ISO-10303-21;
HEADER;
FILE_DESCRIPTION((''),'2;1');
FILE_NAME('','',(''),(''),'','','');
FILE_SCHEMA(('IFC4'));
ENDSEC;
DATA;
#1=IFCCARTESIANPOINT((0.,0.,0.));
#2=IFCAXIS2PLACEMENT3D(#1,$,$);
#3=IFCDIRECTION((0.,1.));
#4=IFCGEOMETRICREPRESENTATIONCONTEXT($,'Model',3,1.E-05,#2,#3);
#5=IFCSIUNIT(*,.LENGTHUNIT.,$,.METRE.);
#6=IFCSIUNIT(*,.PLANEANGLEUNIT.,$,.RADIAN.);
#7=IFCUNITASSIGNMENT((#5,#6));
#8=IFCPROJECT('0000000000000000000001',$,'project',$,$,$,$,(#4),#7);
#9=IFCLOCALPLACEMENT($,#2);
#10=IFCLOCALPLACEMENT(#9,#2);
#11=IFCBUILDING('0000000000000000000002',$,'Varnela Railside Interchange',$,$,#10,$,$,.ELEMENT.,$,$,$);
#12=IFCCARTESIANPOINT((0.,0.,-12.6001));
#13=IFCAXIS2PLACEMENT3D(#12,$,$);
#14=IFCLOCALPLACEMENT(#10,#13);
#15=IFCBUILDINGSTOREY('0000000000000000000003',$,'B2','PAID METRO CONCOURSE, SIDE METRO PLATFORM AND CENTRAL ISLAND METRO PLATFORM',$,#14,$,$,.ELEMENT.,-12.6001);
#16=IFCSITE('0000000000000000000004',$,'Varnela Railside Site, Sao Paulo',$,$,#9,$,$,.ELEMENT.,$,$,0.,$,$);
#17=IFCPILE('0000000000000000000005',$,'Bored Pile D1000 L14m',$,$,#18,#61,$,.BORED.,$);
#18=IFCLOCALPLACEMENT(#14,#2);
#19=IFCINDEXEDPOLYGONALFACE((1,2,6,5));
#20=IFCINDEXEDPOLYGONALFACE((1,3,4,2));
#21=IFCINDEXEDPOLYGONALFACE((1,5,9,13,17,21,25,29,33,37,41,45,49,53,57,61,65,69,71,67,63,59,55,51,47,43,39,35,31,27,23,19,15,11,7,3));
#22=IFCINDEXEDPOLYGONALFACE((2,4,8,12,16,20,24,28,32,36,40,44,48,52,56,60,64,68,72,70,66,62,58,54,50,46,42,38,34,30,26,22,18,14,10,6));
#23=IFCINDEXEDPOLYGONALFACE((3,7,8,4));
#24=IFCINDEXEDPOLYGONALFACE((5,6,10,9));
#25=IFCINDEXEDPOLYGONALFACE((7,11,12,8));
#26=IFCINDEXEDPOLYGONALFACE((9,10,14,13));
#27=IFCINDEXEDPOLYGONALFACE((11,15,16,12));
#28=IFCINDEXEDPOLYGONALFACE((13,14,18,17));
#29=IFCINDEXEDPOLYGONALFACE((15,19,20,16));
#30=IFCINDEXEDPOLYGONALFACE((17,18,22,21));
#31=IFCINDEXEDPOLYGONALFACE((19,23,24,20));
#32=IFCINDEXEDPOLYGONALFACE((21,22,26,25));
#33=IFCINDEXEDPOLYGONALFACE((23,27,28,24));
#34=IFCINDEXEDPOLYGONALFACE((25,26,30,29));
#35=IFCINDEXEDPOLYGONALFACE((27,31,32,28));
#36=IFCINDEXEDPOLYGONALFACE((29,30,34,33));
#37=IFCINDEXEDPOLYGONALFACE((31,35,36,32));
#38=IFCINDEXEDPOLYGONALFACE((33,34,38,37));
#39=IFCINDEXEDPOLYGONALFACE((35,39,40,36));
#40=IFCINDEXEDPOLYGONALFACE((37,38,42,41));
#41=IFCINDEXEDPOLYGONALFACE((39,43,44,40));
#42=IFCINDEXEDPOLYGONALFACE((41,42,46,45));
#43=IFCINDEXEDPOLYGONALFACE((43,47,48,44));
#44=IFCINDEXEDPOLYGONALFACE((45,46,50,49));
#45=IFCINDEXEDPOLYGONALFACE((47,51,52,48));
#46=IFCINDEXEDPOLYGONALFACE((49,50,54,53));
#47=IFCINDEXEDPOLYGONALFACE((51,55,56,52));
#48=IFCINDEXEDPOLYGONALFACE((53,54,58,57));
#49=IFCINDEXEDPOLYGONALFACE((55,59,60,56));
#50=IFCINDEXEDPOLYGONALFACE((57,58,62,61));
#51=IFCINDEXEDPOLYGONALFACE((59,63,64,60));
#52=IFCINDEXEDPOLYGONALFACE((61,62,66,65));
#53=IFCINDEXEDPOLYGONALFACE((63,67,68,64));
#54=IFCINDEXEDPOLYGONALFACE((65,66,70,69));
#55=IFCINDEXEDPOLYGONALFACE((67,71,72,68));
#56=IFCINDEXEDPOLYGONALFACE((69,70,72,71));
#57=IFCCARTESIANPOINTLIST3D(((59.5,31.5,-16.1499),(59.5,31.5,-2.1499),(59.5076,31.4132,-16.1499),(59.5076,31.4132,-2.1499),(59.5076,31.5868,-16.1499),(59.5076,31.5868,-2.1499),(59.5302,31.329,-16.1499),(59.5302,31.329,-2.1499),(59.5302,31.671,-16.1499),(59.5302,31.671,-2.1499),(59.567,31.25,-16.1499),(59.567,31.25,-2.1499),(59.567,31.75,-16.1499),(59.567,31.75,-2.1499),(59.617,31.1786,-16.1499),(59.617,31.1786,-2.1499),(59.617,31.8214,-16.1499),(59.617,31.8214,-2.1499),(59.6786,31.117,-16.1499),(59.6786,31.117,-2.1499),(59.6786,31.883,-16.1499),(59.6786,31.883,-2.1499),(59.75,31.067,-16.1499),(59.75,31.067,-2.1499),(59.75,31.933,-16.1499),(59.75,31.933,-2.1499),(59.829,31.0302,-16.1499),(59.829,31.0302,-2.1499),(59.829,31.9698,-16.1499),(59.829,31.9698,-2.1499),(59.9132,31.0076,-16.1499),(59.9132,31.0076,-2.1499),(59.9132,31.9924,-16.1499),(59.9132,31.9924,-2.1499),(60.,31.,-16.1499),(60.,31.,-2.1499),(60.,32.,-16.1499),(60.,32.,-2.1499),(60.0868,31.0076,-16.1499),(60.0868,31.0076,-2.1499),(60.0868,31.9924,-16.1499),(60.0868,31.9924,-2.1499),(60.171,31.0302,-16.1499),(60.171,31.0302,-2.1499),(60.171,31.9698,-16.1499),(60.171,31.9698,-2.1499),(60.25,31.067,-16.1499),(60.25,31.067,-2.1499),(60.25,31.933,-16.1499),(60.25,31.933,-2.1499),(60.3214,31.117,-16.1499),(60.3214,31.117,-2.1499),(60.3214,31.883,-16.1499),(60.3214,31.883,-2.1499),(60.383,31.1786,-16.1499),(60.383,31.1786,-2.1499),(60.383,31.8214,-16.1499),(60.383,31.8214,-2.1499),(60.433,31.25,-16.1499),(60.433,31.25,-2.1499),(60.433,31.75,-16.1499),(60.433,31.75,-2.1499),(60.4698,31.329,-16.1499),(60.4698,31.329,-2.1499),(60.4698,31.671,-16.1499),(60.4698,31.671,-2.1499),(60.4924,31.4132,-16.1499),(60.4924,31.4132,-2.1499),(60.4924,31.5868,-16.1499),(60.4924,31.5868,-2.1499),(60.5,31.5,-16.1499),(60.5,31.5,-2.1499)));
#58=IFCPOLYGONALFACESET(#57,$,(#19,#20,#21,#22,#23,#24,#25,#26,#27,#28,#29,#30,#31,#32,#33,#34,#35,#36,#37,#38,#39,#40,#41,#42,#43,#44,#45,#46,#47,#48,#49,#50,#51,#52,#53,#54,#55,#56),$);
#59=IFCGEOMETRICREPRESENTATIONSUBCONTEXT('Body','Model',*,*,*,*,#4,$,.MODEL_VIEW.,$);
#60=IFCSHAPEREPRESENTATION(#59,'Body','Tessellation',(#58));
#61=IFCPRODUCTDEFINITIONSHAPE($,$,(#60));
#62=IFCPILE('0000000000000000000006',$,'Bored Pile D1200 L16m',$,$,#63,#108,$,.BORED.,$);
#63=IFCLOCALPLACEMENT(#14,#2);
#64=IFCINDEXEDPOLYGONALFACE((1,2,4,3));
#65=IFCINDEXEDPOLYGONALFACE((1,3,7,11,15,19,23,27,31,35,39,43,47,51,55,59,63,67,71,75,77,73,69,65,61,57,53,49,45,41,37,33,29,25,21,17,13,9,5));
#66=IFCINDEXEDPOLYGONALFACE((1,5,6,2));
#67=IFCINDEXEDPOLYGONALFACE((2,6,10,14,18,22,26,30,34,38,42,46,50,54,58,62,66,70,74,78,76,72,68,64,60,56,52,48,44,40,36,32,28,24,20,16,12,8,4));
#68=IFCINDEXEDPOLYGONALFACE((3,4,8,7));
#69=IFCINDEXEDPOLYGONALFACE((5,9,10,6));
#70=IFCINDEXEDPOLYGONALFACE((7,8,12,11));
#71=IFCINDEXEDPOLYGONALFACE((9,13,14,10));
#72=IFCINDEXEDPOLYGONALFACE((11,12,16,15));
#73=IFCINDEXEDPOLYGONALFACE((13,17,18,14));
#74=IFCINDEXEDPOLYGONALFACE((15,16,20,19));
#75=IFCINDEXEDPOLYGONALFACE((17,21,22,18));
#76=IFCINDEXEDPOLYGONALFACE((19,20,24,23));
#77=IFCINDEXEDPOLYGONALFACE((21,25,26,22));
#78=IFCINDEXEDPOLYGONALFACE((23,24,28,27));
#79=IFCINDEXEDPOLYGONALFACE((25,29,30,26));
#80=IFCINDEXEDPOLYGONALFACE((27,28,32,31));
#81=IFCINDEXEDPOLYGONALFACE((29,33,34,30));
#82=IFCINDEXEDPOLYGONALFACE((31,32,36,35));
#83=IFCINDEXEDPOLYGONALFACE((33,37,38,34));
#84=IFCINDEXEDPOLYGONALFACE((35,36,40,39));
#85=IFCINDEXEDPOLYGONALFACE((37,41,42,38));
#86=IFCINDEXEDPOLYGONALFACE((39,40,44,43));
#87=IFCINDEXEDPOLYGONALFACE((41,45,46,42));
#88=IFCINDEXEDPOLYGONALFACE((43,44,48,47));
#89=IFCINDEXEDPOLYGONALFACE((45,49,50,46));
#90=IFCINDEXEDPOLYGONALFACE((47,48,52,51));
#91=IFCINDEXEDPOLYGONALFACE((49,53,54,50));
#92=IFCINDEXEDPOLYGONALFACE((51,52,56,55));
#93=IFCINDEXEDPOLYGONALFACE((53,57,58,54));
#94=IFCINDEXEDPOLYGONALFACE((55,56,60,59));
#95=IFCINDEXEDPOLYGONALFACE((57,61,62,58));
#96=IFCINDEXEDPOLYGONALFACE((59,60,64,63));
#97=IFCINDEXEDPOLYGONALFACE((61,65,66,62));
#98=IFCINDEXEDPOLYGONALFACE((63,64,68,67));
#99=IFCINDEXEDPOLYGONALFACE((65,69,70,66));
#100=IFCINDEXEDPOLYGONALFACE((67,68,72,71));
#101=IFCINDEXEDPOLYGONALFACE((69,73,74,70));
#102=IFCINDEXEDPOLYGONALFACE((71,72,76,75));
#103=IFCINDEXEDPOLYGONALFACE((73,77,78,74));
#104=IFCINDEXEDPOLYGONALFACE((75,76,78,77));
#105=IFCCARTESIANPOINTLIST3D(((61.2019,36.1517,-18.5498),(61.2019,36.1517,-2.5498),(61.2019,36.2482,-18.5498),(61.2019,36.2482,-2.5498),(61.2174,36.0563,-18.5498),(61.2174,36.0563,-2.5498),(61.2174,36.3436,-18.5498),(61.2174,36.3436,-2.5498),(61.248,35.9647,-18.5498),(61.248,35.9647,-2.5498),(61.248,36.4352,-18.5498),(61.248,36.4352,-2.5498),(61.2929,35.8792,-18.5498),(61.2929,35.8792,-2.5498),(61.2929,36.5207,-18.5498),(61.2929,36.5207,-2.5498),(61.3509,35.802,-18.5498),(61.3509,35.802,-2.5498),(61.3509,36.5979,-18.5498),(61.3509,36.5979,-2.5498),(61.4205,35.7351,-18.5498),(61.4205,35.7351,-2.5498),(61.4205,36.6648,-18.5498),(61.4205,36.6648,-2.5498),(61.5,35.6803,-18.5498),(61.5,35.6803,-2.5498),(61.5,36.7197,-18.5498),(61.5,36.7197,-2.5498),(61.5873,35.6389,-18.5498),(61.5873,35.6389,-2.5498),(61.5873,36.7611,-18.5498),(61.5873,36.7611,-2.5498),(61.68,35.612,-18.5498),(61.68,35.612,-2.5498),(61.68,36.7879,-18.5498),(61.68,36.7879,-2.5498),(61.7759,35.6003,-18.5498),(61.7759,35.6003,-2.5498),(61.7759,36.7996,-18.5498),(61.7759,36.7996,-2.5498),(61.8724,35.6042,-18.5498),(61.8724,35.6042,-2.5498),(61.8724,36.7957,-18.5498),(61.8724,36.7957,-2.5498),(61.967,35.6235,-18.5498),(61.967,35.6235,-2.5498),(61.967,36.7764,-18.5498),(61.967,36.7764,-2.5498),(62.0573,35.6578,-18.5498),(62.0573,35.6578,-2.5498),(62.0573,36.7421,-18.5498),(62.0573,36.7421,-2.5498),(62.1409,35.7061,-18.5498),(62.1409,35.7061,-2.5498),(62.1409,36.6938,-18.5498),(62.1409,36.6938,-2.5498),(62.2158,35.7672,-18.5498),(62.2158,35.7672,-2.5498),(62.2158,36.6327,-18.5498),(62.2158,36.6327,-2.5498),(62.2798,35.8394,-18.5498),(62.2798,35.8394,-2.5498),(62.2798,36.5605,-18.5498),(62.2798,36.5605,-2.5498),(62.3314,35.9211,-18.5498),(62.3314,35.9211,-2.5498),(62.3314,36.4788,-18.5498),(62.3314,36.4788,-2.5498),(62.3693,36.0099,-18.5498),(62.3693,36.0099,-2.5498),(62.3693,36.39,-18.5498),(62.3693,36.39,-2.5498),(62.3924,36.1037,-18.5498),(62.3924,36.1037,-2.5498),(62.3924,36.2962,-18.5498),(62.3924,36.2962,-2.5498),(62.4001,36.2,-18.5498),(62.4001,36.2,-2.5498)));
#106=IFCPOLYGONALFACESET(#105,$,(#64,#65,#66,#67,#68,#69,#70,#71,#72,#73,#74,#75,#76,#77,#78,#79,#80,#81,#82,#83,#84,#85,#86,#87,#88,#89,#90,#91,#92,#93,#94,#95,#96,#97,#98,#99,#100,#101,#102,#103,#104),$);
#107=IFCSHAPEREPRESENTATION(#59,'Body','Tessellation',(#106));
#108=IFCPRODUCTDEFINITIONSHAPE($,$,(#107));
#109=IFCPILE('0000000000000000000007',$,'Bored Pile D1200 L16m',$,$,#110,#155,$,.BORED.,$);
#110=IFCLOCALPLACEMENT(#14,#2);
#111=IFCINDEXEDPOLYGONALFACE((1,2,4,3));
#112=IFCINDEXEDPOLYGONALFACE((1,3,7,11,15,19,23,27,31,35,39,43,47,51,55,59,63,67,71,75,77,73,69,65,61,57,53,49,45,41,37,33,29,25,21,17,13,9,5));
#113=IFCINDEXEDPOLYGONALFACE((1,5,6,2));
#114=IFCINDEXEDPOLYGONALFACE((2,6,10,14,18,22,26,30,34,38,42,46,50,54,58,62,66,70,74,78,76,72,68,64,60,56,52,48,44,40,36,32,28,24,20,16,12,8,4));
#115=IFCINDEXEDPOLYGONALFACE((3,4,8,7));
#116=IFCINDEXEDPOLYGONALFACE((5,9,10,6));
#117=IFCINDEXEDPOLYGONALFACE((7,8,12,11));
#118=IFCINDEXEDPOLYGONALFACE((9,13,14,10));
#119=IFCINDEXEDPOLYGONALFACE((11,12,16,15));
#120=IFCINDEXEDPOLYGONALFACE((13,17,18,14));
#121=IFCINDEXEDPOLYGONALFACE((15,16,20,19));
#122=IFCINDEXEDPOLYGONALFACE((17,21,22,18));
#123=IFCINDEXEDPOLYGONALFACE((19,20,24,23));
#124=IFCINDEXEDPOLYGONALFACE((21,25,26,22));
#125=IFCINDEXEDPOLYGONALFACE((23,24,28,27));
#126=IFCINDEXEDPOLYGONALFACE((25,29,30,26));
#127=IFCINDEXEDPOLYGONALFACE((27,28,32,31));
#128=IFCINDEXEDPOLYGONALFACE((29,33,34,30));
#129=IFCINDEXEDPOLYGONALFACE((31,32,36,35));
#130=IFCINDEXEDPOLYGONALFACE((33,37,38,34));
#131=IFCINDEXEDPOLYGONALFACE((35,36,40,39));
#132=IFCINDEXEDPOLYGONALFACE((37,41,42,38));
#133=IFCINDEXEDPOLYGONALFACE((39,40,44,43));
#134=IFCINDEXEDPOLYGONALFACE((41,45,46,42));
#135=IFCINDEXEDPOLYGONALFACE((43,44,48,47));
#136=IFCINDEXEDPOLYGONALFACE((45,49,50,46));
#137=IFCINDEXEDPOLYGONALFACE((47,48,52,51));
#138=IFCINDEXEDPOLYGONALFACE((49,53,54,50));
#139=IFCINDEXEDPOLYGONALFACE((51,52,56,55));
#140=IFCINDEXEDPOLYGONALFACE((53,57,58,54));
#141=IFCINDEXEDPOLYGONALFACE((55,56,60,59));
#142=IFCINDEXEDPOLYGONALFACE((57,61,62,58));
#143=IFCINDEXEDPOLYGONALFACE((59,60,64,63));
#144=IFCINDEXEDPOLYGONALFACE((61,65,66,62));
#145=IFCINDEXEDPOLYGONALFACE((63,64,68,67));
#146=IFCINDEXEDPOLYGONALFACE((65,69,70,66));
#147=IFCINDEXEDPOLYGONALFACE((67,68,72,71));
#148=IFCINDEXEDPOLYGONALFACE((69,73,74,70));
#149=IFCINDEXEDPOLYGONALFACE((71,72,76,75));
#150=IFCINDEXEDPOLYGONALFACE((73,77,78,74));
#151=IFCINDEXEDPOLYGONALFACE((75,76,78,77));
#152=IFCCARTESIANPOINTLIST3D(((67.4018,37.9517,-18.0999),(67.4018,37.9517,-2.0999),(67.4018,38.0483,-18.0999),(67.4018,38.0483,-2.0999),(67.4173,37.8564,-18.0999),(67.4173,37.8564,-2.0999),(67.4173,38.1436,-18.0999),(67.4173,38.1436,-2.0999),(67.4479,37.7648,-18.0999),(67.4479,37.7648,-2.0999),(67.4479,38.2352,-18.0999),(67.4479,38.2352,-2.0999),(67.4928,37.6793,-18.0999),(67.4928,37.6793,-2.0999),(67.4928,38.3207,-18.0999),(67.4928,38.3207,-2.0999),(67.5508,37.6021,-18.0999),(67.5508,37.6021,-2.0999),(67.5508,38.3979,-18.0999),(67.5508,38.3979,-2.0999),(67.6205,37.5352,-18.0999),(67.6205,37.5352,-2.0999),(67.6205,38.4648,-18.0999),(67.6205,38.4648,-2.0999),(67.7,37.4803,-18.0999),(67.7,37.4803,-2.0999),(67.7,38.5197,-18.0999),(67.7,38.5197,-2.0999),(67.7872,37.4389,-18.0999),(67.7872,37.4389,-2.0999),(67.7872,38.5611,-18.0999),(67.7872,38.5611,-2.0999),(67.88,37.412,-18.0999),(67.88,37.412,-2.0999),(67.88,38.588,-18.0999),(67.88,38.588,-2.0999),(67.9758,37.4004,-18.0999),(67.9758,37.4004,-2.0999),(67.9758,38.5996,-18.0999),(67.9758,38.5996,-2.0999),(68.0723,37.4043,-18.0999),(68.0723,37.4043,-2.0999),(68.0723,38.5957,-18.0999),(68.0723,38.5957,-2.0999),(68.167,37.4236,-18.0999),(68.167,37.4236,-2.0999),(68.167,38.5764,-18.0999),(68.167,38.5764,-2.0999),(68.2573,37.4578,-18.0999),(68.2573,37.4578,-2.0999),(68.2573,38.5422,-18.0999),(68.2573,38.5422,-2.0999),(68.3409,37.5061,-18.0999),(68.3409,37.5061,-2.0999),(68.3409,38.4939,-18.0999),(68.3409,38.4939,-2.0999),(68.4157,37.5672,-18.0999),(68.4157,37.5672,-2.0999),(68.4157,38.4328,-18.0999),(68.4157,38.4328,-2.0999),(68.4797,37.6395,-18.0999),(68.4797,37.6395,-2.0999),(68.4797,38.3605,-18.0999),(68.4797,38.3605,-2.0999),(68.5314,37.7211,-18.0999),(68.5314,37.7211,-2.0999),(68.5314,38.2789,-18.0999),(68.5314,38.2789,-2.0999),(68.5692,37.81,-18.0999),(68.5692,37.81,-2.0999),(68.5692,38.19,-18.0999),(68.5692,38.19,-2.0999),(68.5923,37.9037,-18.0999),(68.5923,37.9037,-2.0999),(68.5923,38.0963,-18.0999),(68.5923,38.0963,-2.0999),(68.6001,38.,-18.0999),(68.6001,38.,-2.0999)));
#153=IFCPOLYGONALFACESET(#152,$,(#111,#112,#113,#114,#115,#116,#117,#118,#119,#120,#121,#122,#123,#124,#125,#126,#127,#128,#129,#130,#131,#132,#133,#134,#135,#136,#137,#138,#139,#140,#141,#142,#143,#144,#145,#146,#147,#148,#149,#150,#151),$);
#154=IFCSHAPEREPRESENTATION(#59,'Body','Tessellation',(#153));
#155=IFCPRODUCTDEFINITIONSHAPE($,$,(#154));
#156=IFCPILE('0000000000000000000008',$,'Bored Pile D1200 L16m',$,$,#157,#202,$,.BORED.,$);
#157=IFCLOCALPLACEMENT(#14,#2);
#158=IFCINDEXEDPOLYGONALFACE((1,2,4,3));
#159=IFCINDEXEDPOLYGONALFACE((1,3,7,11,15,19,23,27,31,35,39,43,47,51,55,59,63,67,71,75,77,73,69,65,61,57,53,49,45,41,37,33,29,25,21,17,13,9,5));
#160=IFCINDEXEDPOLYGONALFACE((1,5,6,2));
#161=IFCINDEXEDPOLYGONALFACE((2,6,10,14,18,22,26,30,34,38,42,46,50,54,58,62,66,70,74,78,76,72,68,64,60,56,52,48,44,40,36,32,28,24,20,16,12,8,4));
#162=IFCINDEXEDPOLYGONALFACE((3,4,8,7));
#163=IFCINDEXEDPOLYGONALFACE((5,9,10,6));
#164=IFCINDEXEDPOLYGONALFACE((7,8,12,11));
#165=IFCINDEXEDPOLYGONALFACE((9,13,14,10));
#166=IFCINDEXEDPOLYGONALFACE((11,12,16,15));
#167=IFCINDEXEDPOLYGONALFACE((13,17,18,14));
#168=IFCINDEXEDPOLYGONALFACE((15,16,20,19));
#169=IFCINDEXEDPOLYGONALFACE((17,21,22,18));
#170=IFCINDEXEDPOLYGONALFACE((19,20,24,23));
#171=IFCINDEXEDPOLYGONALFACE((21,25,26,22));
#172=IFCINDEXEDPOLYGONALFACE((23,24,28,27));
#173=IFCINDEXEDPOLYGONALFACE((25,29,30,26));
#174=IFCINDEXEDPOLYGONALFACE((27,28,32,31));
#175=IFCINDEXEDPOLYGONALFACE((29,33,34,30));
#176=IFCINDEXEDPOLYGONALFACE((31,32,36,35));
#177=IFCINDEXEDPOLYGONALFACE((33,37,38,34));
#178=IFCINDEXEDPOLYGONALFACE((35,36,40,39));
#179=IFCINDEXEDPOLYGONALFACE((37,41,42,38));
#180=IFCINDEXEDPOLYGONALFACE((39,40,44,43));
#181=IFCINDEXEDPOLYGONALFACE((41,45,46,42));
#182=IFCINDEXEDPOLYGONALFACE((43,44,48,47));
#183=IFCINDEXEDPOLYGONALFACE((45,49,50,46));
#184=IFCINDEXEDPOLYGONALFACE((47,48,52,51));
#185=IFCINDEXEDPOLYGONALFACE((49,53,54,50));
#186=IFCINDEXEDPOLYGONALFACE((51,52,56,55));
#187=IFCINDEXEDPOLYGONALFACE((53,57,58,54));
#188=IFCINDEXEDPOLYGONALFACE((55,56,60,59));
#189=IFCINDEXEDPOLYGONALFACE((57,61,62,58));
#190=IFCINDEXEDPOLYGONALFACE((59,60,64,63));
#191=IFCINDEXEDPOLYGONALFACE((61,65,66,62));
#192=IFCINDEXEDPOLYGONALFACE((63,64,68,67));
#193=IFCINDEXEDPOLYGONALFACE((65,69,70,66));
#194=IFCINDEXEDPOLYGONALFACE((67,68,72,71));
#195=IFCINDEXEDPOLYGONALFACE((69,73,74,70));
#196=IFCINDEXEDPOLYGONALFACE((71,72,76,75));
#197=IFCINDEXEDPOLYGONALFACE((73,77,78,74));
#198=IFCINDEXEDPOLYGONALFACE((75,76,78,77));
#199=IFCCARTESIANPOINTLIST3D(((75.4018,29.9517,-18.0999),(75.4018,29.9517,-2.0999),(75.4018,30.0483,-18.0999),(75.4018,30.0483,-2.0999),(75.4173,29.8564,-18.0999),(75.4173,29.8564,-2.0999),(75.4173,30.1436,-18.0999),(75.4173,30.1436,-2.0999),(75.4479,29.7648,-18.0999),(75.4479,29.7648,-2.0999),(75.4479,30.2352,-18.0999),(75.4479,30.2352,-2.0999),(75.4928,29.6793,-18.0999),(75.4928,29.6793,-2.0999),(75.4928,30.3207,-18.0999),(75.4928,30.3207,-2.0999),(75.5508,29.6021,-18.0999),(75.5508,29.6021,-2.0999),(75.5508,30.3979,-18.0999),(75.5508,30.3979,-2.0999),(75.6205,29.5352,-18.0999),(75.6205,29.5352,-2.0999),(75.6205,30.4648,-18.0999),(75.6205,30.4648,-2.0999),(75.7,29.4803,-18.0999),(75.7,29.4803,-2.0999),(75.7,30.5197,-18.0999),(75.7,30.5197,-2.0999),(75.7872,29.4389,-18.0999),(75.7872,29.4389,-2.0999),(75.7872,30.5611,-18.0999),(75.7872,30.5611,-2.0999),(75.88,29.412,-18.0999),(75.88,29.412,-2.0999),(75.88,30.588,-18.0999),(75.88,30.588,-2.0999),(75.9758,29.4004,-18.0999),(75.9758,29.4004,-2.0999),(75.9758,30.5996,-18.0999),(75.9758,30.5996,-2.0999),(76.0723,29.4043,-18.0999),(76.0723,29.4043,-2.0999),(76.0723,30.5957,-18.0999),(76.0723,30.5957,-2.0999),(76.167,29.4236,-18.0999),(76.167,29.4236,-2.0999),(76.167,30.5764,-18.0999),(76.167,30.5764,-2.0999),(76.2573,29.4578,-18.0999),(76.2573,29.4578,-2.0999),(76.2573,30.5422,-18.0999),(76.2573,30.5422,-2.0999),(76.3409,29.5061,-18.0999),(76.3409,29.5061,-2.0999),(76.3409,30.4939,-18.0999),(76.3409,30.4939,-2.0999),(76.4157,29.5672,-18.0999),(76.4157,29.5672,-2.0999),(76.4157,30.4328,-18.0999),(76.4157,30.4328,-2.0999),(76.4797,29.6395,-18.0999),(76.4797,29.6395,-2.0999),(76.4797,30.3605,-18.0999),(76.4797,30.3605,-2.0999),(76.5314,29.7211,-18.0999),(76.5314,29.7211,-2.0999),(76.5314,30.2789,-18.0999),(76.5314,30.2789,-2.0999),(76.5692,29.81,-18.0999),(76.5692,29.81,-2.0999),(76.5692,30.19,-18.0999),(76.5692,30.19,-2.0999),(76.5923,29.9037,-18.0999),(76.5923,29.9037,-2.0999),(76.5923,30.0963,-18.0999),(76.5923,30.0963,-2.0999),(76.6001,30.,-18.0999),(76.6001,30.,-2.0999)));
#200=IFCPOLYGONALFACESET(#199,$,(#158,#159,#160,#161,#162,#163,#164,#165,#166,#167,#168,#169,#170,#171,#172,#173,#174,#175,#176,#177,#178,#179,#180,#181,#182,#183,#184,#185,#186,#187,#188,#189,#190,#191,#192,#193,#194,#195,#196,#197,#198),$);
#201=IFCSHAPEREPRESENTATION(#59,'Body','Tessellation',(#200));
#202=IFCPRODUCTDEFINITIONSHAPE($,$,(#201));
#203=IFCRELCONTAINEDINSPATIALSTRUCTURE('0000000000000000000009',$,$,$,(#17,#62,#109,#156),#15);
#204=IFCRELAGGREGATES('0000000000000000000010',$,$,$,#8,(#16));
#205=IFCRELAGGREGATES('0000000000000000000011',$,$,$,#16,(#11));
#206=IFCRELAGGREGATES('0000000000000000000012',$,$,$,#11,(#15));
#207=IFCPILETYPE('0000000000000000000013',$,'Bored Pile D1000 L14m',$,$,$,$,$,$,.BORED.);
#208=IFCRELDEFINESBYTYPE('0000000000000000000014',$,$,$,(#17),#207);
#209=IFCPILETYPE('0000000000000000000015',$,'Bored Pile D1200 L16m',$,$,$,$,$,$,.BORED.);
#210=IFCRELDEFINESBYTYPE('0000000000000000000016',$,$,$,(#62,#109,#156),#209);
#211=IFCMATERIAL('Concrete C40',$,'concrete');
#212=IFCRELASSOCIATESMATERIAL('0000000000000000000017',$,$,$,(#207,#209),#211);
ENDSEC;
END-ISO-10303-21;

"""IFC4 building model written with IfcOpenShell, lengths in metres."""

from ifc_helpers import new_model, si_unit, direction, frame, origin, origin_2d, place, context, subcontext, project, spatial, circle, extrude, material, material_profile, profile_set, type_object, element, save


model = new_model("IFC4")

# Units and contexts
model_context = context("Model", 3, precision=1e-05, world=origin(), true_north=direction((0.0, 1.0)))
body_context = subcontext(model_context, "Body", "Model", "MODEL_VIEW")
ifc_project = project(units=[si_unit("LENGTHUNIT", "METRE"), si_unit("PLANEANGLEUNIT", "RADIAN")], contexts=[model_context])

# Site, building, storey
site_placement = place(None, origin())
site = spatial("IfcSite", under=ifc_project, at=site_placement, Name="Varnela Railside Site, Sao Paulo", CompositionType="ELEMENT", RefElevation=0.0)
building_placement = place(site_placement, origin())
building = spatial("IfcBuilding", under=site, at=building_placement, Name="Varnela Railside Interchange", CompositionType="ELEMENT")
storey_placement = place(building_placement, frame((0.0, 0.0, -12.6001)))
storey = spatial("IfcBuildingStorey", under=building, at=storey_placement, Name="B2", Description="PAID METRO CONCOURSE, SIDE METRO PLATFORM AND CENTRAL ISLAND METRO PLATFORM", CompositionType="ELEMENT", Elevation=-12.6001)

# Piles
ifc_material_1 = material(Name="Concrete C40", Category="concrete")
ifc_material_profile_1 = material_profile(ifc_material_1, circle(Radius=0.5, at=origin_2d()), Name="BORED PILE D1000")
ifc_profile_set_1 = profile_set([ifc_material_profile_1], Name="Concrete C40")
pile_type_1 = type_object("IfcPileType", Name="Bored Pile D1000 L14m", PredefinedType="BORED", material=ifc_profile_set_1)
pile_placement = place(storey_placement, frame((60.0, 31.5, -2.1499), z_axis=(0.0, 0.0, -1.0), x_axis=(1.0, 0.0, 0.0)))
element("IfcPile", 1, at=pile_placement, inside=storey, type_object=pile_type_1, Name="Bored Pile D1000 L14m", PredefinedType="BORED", context=body_context, shape_type="SweptSolid", body=[
    extrude(circle(Radius=0.5, at=origin_2d()), origin(), (0.0, 0.0, 1.0), 14.0),
])
ifc_material_profile_2 = material_profile(ifc_material_1, circle(Radius=0.6001, at=origin_2d()), Name="BORED PILE D1200")
ifc_profile_set_2 = profile_set([ifc_material_profile_2], Name="Concrete C40")
pile_type_2 = type_object("IfcPileType", Name="Bored Pile D1200 L16m", PredefinedType="BORED", material=ifc_profile_set_2)
for number, where, z_axis, x_axis, name in (
    (2, (61.8, 36.2, -2.5498), (0.0, 0.0, -1.0), (1.0, 0.0, 0.0), "Bored Pile D1200 L16m"),
    (3, (68.0, 38.0, -2.0999), (0.0, 0.0, -1.0), (1.0, 0.0, 0.0), "Bored Pile D1200 L16m"),
    (4, (76.0, 30.0, -2.0999), (0.0, 0.0, -1.0), (1.0, 0.0, 0.0), "Bored Pile D1200 L16m"),
):
    element("IfcPile", number, at=place(storey_placement, frame(where, z_axis=z_axis, x_axis=x_axis)), inside=storey, type_object=pile_type_2, Name=name, PredefinedType="BORED", context=body_context, shape_type="SweptSolid", body=[
        extrude(circle(Radius=0.6001, at=origin_2d()), origin(), (0.0, 0.0, 1.0), 16.0),
    ])

save(model, "model.ifc")
